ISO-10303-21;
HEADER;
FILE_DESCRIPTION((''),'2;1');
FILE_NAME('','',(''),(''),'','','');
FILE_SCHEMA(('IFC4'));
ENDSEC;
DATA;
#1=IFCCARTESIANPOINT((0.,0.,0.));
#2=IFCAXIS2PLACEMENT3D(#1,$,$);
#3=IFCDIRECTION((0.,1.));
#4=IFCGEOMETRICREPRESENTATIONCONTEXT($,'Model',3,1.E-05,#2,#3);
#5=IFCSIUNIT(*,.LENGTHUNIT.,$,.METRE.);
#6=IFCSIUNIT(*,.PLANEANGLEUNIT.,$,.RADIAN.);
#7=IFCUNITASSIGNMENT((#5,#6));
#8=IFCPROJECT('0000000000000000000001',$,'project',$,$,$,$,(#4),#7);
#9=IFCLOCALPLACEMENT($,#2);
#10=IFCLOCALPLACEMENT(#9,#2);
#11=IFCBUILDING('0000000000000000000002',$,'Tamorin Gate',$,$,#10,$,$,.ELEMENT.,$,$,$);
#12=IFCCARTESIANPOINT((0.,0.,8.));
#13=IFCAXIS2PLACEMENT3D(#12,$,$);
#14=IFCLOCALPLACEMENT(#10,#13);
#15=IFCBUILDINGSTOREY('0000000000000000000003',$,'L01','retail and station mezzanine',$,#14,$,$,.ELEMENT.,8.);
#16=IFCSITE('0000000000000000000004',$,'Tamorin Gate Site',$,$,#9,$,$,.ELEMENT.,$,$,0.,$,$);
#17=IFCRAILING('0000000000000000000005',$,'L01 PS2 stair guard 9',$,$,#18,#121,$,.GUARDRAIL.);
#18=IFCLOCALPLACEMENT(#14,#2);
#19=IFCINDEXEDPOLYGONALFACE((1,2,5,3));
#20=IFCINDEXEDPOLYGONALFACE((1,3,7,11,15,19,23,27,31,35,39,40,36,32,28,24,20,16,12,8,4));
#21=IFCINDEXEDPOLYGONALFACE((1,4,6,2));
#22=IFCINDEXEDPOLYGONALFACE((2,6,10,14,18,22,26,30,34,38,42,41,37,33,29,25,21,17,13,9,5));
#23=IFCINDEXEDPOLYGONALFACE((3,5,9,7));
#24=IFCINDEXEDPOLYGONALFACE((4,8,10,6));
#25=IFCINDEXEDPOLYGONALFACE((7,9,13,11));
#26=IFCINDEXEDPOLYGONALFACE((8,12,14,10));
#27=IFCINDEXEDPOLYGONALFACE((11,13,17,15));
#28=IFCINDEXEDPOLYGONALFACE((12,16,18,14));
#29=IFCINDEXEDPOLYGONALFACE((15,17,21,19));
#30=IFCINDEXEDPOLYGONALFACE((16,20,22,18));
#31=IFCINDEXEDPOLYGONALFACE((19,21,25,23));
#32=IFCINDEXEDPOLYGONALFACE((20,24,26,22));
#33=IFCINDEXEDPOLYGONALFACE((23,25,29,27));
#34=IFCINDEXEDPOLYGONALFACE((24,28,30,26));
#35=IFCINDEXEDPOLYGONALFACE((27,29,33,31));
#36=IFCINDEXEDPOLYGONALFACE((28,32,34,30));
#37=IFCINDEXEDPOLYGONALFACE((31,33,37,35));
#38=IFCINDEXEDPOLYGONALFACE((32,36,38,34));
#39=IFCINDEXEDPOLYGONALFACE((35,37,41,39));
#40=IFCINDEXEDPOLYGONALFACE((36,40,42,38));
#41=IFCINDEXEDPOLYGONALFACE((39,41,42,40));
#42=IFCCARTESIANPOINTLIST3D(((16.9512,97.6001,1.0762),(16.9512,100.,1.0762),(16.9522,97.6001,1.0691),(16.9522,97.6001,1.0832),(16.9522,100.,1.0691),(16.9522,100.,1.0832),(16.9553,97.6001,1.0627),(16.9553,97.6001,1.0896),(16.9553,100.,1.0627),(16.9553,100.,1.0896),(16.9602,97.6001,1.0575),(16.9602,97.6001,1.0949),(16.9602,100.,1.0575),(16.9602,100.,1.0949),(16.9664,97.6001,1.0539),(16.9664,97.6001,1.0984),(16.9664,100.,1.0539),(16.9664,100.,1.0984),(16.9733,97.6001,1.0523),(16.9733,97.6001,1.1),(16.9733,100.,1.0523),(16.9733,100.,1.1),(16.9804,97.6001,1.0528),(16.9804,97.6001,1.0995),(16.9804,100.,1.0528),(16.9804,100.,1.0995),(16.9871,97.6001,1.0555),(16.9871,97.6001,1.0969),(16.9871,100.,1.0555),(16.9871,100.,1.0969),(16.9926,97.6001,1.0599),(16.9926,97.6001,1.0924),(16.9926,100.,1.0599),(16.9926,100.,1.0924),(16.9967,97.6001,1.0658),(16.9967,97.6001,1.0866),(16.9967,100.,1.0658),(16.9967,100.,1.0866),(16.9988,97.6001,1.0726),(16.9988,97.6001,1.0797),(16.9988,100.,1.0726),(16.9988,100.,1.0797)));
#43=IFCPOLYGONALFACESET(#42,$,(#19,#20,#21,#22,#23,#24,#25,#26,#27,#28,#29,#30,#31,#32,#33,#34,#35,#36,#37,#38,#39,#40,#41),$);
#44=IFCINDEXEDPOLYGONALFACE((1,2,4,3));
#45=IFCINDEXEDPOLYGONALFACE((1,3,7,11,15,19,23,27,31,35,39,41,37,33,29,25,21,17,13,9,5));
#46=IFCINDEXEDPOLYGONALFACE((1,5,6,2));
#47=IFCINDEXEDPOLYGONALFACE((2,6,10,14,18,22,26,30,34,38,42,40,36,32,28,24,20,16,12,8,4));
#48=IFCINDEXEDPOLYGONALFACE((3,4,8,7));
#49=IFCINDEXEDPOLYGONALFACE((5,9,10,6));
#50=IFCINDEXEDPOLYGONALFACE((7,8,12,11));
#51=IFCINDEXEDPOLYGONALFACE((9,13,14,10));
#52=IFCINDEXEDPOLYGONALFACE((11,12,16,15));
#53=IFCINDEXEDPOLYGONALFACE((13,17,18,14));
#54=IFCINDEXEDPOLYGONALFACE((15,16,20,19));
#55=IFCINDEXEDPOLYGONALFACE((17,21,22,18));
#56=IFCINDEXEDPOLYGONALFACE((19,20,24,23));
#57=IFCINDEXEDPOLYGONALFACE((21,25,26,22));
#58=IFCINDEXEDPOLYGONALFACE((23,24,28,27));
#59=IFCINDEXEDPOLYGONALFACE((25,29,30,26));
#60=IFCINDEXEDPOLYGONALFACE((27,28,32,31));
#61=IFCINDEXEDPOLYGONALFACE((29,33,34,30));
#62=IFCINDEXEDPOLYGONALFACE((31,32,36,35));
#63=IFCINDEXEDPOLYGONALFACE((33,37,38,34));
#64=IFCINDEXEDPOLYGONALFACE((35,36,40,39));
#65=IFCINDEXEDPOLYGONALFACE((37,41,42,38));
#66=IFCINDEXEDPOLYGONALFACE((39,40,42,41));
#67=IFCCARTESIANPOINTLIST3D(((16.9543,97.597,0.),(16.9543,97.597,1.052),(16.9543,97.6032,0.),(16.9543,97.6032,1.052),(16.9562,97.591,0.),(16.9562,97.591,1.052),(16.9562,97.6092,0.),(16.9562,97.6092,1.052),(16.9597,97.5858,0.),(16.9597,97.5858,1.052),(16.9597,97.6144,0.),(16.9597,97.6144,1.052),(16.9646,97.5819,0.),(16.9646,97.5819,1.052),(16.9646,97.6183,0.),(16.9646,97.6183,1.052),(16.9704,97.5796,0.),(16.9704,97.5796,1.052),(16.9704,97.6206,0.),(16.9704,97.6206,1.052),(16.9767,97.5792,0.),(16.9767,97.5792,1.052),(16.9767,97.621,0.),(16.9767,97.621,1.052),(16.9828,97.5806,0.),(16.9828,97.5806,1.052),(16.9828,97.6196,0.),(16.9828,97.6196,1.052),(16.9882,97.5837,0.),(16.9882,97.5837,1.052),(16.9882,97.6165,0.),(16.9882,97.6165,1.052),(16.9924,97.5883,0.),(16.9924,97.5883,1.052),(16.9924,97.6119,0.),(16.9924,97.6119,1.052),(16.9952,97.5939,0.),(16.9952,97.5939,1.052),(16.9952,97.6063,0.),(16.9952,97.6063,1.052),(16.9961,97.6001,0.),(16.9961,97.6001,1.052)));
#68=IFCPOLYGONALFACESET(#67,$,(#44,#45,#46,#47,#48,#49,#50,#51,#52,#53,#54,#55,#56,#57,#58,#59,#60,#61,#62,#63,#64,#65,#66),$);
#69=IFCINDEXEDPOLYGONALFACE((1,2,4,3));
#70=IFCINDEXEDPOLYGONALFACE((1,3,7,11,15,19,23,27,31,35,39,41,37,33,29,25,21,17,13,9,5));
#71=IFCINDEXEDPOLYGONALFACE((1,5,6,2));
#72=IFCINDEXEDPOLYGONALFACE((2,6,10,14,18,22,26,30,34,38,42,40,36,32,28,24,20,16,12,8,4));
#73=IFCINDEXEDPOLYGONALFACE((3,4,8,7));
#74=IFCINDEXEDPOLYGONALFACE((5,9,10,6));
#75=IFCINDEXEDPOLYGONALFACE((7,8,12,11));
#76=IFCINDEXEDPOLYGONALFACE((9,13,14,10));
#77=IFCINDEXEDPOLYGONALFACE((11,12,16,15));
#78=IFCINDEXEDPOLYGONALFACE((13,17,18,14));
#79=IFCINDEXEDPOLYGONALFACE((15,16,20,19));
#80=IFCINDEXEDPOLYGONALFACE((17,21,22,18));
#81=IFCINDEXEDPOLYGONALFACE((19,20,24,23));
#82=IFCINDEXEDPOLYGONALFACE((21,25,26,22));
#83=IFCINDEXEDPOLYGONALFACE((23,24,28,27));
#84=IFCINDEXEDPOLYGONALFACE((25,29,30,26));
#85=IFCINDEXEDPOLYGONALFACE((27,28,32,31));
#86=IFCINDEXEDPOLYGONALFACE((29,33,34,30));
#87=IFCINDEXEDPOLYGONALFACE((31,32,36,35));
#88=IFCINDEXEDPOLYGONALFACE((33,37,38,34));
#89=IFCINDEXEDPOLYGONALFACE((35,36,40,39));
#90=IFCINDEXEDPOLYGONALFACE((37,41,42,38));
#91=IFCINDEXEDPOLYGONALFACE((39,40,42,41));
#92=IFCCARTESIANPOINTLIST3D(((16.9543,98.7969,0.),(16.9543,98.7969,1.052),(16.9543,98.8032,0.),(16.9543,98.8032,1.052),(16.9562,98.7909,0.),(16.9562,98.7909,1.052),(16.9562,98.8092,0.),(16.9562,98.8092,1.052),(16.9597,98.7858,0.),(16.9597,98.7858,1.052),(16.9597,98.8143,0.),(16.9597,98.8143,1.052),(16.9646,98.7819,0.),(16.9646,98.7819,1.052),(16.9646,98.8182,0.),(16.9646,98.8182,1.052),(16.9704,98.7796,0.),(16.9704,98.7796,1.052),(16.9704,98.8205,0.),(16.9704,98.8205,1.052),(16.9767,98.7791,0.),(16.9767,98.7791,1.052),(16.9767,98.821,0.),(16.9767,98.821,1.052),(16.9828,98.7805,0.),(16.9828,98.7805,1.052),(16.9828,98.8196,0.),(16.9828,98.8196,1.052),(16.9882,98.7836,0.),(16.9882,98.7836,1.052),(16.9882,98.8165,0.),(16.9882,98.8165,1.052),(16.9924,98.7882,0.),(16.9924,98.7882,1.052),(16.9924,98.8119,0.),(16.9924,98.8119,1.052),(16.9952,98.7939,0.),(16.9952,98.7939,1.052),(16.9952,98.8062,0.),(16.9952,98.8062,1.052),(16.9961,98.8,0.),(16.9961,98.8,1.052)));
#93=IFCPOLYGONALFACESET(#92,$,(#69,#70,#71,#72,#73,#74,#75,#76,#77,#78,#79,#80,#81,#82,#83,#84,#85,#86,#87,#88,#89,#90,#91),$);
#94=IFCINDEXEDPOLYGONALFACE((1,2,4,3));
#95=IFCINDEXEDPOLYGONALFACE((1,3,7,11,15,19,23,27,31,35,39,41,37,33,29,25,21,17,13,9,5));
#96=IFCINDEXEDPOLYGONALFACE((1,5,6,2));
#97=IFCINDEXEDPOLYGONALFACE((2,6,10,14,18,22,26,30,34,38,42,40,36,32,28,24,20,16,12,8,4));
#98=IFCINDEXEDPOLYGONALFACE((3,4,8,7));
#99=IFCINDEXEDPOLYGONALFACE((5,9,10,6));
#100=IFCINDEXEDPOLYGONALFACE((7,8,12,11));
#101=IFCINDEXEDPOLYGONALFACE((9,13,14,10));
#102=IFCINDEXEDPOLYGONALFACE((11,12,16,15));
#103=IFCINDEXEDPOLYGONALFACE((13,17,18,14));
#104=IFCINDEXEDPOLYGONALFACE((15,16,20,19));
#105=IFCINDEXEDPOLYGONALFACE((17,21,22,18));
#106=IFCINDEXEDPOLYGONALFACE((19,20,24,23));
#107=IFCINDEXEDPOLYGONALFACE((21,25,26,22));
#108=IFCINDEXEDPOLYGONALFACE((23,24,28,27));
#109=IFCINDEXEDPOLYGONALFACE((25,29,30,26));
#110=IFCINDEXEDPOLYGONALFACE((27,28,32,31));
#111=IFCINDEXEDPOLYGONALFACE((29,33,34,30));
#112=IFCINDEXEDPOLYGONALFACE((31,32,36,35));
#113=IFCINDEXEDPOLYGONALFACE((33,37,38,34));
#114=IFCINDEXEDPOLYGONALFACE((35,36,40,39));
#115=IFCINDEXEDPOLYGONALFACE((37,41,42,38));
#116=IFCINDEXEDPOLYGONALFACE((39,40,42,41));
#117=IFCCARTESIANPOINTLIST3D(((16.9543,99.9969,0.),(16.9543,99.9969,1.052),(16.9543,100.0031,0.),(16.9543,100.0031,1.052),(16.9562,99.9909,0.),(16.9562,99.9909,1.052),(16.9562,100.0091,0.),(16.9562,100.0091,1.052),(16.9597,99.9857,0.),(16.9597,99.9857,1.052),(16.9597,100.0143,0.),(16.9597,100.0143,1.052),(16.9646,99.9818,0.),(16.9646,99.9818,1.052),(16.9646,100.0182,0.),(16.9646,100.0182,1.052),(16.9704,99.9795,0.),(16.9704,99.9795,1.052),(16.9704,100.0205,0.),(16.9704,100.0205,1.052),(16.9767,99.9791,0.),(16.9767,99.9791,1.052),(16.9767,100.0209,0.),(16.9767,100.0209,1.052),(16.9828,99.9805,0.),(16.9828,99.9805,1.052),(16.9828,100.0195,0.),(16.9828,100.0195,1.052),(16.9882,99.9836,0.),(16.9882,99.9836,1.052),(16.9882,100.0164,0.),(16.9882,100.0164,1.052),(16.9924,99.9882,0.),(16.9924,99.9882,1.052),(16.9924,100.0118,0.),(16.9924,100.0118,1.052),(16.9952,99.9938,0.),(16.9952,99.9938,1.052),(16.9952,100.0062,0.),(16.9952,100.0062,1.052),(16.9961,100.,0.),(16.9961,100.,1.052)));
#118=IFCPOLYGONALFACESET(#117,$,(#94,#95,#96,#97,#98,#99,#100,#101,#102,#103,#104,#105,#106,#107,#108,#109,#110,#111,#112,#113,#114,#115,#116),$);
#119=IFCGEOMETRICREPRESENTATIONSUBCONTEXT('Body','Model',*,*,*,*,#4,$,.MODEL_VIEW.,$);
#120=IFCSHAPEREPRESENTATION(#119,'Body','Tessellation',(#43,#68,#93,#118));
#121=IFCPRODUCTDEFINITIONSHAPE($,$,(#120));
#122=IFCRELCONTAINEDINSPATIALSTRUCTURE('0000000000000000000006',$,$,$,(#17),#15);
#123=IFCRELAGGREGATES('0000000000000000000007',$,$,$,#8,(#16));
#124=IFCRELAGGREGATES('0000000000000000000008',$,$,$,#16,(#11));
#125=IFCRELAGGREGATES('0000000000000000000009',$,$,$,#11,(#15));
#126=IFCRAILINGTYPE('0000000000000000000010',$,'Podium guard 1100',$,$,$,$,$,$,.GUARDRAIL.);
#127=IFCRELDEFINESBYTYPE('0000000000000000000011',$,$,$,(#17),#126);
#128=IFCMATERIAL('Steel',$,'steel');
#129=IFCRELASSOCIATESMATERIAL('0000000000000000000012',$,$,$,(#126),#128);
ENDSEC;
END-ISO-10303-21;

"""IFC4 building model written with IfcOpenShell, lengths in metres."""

from ifc_helpers import new_model, si_unit, direction, frame, origin, origin_2d, place, context, subcontext, project, spatial, circle, extrude, material, type_object, element, save


model = new_model("IFC4")

# Units and contexts
model_context = context("Model", 3, precision=1e-05, world=origin(), true_north=direction((0.0, 1.0)))
body_context = subcontext(model_context, "Body", "Model", "MODEL_VIEW")
ifc_project = project(units=[si_unit("LENGTHUNIT", "METRE"), si_unit("PLANEANGLEUNIT", "RADIAN")], contexts=[model_context])

# Site, building, storey
site_placement = place(None, origin())
site = spatial("IfcSite", under=ifc_project, at=site_placement, Name="Tamorin Gate Site", CompositionType="ELEMENT", RefElevation=0.0)
building_placement = place(site_placement, origin())
building = spatial("IfcBuilding", under=site, at=building_placement, Name="Tamorin Gate", CompositionType="ELEMENT")
storey_placement = place(building_placement, frame((0.0, 0.0, 8.0)))
storey = spatial("IfcBuildingStorey", under=building, at=storey_placement, Name="L01", Description="retail and station mezzanine", CompositionType="ELEMENT", Elevation=8.0)

# Railing
ifc_material_1 = material(Name="Steel", Category="steel")
railing_type_1 = type_object("IfcRailingType", Name="Podium guard 1100", PredefinedType="GUARDRAIL", material=ifc_material_1)
for number, where, name in (
    (1, (16.9751, 97.6001, 0.0), "L01 PS2 stair guard 9"),
):
    element("IfcRailing", number, at=place(storey_placement, frame(where)), inside=storey, type_object=railing_type_1, Name=name, PredefinedType="GUARDRAIL", context=body_context, shape_type="SweptSolid", body=[
        extrude(circle(Radius=0.0239, at=origin_2d()), frame((0.0, 0.0, 1.0762), z_axis=(0.0, 1.0, 0.0), x_axis=(-1.0, 0.0, 0.0)), (0.0, 0.0, 1.0), 2.3999),
        extrude(circle(Radius=0.021, at=origin_2d()), origin(), (0.0, 0.0, 1.0), 1.052),
        extrude(circle(Radius=0.021, at=origin_2d()), frame((0.0, 1.2, 0.0)), (0.0, 0.0, 1.0), 1.052),
        extrude(circle(Radius=0.021, at=origin_2d()), frame((0.0, 2.3999, 0.0)), (0.0, 0.0, 1.0), 1.052),
    ])

save(model, "model.ifc")
